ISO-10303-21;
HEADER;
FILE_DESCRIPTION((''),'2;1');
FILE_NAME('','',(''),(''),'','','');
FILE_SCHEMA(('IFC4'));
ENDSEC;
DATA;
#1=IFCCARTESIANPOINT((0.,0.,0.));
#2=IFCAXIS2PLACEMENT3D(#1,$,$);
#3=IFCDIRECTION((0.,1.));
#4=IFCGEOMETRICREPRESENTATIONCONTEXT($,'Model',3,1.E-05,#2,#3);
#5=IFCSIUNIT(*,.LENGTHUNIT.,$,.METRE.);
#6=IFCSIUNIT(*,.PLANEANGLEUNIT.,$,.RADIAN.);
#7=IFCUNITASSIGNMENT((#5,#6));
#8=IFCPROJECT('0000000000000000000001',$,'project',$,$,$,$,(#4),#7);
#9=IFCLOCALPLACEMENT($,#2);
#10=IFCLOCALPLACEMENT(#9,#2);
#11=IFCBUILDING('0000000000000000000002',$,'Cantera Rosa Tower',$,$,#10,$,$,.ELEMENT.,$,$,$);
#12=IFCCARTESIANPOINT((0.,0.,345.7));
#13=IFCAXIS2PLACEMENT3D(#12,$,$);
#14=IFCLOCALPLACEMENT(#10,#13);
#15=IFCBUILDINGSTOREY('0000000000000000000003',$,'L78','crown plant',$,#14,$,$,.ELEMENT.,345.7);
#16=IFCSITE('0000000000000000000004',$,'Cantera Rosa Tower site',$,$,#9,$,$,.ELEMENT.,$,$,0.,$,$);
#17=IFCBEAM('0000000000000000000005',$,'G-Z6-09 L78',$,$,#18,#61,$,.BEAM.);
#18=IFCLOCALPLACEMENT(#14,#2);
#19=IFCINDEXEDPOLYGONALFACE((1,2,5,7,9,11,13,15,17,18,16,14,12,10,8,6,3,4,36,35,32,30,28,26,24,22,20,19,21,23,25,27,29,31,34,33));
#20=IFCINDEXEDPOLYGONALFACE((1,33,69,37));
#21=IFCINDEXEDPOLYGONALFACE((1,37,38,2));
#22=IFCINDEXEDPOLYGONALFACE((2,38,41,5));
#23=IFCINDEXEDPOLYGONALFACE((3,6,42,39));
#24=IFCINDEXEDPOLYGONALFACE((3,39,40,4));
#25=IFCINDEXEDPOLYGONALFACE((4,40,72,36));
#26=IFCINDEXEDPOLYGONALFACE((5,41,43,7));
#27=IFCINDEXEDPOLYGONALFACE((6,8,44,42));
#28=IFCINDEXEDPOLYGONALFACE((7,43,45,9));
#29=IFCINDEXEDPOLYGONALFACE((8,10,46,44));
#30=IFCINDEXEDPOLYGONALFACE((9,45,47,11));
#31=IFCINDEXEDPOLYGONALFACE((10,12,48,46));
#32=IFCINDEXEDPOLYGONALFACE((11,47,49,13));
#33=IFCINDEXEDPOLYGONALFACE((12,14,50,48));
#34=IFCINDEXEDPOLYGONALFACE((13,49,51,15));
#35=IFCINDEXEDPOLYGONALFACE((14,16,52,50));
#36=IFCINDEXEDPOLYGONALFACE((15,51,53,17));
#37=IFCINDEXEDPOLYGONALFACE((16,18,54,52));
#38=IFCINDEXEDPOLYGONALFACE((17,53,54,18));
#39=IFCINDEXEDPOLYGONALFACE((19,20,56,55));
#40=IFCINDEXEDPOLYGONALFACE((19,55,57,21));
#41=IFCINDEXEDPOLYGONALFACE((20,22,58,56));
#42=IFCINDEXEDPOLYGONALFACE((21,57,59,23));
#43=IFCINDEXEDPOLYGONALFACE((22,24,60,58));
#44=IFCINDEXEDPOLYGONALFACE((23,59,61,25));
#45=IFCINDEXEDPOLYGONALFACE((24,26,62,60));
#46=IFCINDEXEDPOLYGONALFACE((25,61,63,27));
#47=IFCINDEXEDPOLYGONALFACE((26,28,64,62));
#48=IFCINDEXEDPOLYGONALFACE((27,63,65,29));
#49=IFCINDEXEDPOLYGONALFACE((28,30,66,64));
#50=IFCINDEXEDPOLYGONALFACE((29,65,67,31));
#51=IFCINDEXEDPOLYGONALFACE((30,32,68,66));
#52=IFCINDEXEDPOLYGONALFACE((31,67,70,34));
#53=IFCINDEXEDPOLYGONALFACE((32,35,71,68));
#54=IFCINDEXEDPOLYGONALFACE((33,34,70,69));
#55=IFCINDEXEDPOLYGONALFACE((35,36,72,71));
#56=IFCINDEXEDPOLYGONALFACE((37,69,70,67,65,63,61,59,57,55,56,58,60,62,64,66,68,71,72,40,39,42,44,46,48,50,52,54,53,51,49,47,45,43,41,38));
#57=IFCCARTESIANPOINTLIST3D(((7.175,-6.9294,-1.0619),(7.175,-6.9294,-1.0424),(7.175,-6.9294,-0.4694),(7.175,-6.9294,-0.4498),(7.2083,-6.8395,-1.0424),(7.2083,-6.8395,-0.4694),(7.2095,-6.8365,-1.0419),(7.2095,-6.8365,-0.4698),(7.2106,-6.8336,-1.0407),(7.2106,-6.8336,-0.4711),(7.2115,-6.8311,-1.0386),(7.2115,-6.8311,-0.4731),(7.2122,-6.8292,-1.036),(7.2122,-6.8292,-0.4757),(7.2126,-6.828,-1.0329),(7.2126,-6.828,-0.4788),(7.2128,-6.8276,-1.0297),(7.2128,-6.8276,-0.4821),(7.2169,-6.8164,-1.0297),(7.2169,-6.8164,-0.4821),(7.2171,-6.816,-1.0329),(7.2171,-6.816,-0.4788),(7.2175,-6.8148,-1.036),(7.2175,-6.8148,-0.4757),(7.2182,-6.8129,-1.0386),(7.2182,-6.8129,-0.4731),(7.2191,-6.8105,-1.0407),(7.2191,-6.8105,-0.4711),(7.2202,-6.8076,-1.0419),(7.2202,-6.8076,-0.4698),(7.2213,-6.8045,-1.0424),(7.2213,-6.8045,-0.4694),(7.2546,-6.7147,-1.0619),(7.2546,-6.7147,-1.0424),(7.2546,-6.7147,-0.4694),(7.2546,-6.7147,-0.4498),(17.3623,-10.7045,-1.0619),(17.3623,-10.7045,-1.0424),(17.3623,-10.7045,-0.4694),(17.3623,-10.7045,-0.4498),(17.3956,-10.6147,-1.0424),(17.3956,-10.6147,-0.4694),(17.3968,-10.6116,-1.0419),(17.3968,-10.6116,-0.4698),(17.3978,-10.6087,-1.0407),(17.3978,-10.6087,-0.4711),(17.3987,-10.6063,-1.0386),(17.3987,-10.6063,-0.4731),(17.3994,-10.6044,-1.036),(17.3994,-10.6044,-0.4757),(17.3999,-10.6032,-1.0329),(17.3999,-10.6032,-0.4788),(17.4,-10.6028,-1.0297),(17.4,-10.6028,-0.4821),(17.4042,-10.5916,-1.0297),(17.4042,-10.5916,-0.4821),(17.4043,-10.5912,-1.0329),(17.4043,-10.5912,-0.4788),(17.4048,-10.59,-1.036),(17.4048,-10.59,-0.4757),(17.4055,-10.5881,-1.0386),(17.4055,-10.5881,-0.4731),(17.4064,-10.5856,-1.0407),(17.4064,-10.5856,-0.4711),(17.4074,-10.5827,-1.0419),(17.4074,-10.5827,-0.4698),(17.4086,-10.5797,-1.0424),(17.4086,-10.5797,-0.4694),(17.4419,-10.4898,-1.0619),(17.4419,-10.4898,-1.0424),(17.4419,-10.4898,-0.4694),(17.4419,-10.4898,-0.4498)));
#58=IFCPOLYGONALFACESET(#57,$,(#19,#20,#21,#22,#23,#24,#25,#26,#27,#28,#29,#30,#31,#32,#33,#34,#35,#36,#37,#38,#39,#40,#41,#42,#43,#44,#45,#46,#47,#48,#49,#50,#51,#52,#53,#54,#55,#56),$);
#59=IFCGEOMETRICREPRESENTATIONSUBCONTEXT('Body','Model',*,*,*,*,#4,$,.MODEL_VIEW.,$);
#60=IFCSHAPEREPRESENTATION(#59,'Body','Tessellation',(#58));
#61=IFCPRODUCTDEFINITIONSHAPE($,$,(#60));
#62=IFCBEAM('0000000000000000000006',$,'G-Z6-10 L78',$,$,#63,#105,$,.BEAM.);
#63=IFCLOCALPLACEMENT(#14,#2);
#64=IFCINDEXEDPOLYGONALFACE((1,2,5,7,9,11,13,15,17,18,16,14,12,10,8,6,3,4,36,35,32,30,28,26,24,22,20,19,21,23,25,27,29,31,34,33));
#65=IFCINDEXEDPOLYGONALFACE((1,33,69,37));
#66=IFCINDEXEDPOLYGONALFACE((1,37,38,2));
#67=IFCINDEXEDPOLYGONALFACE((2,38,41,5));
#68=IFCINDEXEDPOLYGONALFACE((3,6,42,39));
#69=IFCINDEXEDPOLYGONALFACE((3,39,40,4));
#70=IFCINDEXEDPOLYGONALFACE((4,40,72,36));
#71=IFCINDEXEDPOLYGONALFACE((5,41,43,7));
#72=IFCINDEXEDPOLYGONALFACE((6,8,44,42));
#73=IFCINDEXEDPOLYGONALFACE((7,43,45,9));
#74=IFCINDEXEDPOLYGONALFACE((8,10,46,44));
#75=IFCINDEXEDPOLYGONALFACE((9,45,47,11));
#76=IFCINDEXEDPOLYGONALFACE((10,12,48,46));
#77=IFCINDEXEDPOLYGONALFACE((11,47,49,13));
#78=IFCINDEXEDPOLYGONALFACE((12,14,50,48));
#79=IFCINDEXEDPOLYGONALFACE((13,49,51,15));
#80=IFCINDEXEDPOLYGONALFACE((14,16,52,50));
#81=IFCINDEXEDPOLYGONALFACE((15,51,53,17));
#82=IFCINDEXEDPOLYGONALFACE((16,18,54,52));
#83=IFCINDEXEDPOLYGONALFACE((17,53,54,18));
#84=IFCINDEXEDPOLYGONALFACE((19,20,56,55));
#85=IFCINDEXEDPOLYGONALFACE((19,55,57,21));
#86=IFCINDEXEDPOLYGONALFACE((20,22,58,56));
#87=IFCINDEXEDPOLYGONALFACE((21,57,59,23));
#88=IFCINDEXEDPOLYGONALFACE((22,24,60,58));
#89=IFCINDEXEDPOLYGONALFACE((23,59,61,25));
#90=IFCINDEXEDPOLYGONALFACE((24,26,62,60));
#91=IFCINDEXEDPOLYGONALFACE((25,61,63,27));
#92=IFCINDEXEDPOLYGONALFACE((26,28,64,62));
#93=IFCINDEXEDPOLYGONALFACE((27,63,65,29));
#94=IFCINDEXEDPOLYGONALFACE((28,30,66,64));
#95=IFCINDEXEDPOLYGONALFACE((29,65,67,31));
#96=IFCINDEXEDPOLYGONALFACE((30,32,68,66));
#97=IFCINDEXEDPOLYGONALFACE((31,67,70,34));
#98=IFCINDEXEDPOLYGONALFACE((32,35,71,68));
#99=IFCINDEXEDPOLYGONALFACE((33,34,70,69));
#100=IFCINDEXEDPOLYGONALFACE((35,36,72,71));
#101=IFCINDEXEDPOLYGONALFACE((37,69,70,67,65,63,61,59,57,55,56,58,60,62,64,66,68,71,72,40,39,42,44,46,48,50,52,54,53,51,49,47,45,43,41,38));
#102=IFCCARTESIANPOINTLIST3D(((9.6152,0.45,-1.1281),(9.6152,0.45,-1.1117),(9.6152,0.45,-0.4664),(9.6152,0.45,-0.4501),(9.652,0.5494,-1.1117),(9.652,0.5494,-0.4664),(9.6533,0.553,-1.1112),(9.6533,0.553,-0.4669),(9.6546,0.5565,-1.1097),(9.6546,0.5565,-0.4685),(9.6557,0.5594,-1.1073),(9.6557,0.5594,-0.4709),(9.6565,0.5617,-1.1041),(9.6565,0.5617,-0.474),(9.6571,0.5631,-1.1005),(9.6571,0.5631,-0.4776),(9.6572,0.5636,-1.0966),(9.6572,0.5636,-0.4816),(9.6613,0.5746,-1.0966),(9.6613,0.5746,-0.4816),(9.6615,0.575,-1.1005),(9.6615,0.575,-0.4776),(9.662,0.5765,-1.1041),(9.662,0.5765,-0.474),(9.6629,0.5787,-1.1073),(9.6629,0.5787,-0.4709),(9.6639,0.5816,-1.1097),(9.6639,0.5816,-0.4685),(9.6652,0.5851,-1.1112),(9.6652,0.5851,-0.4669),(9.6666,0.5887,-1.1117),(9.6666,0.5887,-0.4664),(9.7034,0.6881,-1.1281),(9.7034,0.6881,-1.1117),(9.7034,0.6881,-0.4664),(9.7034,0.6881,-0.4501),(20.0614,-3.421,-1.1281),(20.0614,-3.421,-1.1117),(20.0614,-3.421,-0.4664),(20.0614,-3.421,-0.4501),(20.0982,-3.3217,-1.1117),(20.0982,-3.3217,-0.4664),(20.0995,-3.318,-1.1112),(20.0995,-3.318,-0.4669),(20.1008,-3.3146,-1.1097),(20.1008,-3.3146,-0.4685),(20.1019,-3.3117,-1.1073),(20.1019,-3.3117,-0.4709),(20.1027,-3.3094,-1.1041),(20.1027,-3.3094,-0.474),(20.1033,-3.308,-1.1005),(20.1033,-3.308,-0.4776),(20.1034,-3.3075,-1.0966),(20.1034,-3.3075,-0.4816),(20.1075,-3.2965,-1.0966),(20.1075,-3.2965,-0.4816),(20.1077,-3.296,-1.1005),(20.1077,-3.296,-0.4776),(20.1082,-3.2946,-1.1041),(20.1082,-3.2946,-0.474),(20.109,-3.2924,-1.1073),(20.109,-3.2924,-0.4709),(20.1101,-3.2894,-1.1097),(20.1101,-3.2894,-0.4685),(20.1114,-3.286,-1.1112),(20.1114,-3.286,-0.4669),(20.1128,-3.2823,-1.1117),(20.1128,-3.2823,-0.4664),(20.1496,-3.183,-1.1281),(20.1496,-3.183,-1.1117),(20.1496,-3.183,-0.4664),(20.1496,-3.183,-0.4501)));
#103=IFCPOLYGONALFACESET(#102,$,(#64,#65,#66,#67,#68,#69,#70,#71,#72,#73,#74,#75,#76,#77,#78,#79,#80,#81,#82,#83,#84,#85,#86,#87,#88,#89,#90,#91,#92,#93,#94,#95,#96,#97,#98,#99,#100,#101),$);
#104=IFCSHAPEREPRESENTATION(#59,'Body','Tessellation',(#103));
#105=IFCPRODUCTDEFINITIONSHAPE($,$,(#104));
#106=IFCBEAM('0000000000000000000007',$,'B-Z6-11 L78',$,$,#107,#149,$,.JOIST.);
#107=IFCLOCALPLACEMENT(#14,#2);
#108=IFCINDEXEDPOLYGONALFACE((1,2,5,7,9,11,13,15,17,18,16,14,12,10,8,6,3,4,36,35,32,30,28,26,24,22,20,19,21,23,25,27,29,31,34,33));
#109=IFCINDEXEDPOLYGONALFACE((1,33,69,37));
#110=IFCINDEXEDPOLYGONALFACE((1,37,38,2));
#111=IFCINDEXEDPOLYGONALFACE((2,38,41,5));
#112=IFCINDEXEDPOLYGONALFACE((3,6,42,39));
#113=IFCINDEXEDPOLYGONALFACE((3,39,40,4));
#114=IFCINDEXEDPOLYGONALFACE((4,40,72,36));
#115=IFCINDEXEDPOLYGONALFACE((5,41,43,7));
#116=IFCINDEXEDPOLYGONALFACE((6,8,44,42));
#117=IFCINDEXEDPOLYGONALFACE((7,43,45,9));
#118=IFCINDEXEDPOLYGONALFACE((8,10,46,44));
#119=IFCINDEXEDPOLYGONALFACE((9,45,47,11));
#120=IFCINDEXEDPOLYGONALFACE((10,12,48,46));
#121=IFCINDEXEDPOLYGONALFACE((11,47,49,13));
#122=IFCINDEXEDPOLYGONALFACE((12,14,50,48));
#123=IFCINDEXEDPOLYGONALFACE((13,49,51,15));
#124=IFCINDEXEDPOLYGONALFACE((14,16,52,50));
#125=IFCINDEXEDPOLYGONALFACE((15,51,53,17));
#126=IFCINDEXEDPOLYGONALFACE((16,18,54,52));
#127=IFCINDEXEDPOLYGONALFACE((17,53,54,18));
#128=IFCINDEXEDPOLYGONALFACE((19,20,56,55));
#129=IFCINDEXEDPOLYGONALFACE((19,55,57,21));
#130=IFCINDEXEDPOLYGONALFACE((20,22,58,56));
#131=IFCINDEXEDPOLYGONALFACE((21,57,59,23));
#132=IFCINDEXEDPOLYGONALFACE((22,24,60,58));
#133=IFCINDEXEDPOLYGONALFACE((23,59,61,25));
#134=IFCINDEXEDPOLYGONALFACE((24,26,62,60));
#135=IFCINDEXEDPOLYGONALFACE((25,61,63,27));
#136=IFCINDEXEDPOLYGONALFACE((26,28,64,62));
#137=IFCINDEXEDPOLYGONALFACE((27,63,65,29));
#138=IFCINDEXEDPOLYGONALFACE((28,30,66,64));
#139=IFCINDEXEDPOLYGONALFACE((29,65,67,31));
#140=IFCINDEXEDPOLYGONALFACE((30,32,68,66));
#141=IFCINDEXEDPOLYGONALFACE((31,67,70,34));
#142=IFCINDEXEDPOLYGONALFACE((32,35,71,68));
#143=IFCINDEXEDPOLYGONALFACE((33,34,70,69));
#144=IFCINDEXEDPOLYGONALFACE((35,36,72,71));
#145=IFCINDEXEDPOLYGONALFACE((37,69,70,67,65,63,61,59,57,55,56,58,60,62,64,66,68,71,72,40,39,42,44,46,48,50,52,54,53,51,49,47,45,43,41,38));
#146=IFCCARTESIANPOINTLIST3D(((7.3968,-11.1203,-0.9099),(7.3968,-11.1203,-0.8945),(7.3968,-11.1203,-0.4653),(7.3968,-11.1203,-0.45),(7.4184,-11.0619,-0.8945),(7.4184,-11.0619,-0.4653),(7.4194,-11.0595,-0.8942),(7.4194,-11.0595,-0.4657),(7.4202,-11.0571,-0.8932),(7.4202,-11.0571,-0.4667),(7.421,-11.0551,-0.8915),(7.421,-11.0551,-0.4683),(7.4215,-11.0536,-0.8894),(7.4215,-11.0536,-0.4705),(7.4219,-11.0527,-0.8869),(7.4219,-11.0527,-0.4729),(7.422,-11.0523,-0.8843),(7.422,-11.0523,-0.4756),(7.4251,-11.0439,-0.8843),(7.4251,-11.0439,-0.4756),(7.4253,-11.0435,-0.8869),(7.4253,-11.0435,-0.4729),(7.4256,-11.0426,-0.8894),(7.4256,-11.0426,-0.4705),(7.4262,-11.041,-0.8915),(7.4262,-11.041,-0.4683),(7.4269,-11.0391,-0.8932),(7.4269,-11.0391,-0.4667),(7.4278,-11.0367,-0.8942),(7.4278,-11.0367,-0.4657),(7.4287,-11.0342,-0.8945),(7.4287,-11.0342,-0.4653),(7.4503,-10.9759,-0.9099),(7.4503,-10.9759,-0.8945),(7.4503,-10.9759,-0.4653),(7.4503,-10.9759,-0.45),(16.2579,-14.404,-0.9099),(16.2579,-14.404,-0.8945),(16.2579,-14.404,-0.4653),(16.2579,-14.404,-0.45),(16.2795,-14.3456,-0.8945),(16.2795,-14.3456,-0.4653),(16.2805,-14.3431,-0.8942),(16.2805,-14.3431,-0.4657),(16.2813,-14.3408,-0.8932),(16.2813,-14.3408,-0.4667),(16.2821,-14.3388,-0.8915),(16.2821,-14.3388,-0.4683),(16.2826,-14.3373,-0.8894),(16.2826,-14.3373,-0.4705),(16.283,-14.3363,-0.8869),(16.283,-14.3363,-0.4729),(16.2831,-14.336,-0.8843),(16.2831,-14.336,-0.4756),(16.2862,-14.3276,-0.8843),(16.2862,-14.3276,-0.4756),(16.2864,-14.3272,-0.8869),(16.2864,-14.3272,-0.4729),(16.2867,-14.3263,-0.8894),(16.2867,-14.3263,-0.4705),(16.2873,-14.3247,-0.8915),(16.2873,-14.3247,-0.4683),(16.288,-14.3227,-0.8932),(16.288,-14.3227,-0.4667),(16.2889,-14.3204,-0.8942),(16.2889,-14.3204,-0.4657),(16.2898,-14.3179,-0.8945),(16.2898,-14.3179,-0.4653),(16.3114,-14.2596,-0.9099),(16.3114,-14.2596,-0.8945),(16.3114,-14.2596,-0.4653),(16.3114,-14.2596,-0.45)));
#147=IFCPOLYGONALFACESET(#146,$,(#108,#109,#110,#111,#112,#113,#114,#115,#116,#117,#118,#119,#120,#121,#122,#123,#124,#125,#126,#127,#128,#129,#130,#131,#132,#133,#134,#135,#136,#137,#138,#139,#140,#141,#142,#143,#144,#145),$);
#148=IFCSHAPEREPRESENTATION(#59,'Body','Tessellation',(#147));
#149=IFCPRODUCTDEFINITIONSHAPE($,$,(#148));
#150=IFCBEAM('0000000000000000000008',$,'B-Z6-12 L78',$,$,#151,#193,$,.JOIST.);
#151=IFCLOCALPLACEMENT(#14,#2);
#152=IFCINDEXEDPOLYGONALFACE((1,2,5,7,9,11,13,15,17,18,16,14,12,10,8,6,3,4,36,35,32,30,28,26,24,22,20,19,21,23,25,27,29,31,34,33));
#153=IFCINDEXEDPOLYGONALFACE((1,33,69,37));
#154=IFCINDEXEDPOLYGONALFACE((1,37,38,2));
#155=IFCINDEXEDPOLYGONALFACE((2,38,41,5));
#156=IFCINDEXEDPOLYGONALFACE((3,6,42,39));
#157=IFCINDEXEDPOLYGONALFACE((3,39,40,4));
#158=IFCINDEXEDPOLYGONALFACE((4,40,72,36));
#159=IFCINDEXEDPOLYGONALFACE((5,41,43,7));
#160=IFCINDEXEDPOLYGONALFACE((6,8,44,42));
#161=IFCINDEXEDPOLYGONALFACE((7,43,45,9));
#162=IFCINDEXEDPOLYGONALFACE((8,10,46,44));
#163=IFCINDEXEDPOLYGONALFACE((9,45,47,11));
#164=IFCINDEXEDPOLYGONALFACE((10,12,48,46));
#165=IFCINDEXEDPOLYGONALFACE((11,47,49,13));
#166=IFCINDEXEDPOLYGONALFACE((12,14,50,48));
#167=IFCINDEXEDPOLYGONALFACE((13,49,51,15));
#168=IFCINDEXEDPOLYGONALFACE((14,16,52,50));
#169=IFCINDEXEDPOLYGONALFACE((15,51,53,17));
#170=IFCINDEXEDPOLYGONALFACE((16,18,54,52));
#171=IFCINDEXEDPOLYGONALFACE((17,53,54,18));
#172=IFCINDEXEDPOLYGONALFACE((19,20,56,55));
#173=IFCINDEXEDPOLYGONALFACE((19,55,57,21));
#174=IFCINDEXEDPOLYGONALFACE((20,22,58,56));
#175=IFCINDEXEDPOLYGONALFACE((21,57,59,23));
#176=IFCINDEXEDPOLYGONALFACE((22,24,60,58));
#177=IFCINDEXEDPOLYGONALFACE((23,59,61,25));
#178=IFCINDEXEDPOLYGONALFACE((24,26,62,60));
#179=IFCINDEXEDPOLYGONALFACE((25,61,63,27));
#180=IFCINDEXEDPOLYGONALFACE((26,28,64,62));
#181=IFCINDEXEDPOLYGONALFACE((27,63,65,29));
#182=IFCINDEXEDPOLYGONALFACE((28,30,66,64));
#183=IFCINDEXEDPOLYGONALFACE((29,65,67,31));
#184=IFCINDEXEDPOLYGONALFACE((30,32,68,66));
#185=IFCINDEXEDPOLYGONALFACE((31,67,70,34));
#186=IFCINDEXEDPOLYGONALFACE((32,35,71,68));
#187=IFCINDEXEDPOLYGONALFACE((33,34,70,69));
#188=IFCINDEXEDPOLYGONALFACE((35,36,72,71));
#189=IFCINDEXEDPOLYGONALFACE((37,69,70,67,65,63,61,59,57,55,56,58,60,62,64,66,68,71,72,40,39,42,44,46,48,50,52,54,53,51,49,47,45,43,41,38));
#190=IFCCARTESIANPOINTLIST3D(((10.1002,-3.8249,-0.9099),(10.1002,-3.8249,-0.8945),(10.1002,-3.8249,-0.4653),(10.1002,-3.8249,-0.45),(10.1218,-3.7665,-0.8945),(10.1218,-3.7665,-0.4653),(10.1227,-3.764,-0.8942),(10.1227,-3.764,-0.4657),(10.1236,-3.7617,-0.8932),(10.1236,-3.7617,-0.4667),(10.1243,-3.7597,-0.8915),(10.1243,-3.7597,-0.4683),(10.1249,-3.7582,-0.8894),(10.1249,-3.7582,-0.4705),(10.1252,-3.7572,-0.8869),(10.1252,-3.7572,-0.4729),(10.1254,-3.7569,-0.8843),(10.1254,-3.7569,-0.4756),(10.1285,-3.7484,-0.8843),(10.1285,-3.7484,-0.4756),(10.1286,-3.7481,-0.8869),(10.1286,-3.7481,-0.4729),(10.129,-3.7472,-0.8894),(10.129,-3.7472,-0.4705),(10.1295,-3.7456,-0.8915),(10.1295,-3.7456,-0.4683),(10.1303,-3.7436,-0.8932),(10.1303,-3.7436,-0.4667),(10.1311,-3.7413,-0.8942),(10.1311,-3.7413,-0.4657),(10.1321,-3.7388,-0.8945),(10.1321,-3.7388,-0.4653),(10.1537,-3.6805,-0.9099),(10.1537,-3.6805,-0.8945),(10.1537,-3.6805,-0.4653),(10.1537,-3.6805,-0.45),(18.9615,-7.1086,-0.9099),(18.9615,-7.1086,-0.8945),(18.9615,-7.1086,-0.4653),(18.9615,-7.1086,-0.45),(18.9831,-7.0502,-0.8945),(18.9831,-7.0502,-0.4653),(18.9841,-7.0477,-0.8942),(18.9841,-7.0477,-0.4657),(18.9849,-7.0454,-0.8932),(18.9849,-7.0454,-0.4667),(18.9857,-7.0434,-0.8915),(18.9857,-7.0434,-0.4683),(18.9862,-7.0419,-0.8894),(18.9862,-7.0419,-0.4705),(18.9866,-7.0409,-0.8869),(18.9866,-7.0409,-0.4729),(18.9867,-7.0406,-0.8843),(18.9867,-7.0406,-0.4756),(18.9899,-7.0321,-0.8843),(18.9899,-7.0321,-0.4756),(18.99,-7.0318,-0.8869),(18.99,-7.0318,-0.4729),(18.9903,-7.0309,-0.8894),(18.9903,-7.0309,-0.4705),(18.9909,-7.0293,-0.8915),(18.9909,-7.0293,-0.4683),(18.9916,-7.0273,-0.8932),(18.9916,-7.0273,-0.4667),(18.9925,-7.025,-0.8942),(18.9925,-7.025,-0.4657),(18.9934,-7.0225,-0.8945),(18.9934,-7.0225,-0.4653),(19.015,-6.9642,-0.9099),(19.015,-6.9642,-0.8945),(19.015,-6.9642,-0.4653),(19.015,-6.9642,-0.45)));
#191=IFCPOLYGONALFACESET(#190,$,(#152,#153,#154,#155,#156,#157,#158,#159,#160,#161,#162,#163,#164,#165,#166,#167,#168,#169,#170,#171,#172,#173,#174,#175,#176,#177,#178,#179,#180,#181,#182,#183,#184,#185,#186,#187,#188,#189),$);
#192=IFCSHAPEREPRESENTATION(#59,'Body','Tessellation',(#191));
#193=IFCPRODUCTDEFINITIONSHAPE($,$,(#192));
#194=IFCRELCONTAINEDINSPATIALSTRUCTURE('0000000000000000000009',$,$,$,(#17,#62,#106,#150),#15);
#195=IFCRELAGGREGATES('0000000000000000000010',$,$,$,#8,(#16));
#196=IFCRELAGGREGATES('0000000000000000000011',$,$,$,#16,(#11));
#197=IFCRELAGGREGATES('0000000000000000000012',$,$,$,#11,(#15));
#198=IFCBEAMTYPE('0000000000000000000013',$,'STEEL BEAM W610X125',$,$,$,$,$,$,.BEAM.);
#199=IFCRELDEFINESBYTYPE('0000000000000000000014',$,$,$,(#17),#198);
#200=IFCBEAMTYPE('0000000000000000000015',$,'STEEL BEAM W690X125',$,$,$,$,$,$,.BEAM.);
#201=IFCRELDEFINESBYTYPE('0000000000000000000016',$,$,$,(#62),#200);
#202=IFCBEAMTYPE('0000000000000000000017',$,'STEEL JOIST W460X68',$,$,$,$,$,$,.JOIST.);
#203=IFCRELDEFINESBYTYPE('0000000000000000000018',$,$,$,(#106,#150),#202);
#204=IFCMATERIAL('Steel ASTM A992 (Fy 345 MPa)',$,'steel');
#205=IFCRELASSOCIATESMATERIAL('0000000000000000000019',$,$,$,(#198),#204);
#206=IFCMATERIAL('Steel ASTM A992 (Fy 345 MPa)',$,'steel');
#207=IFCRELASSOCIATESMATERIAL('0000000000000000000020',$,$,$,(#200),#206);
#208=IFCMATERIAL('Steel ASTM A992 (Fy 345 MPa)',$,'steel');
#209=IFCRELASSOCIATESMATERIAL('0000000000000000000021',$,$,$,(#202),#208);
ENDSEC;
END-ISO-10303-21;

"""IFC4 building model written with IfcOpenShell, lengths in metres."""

from ifc_helpers import new_model, si_unit, direction, frame, origin, origin_2d, place, context, subcontext, project, spatial, i_section, extrude, material, material_profile, profile_set, type_object, element, save


model = new_model("IFC4")

# Units and contexts
model_context = context("Model", 3, precision=1e-05, world=origin(), true_north=direction((0.0, 1.0)))
body_context = subcontext(model_context, "Body", "Model", "MODEL_VIEW")
ifc_project = project(units=[si_unit("LENGTHUNIT", "METRE"), si_unit("PLANEANGLEUNIT", "RADIAN")], contexts=[model_context])

# Site, building, storey
site_placement = place(None, origin())
site = spatial("IfcSite", under=ifc_project, at=site_placement, Name="Cantera Rosa Tower site", CompositionType="ELEMENT", RefElevation=0.0)
building_placement = place(site_placement, origin())
building = spatial("IfcBuilding", under=site, at=building_placement, Name="Cantera Rosa Tower", CompositionType="ELEMENT")
storey_placement = place(building_placement, frame((0.0, 0.0, 345.7)))
storey = spatial("IfcBuildingStorey", under=building, at=storey_placement, Name="L78", Description="crown plant", CompositionType="ELEMENT", Elevation=345.7)

# Beams
ifc_material_1 = material(Name="Steel ASTM A992 (Fy 345 MPa)", Category="steel")
ifc_material_profile_1 = material_profile(ifc_material_1, i_section(OverallWidth=0.229, OverallDepth=0.6121, WebThickness=0.012, FlangeThickness=0.0195, FilletRadius=0.0127, at=origin_2d()), Name="W610X125")
ifc_profile_set_1 = profile_set([ifc_material_profile_1], Name="Steel ASTM A992 (Fy 345 MPa)")
beam_type_1 = type_object("IfcBeamType", Name="STEEL BEAM W610X125", PredefinedType="BEAM", material=ifc_profile_set_1)
beam_1_placement = place(storey_placement, frame((17.4021, -10.5972, -0.7559), z_axis=(-0.937686, 0.347483, 0.0), x_axis=(-0.347483, -0.937686, 0.0)))
element("IfcBeam", 1, at=beam_1_placement, inside=storey, type_object=beam_type_1, Name="G-Z6-09 L78", PredefinedType="BEAM", context=body_context, shape_type="SweptSolid", body=[
    extrude(i_section(OverallWidth=0.229, OverallDepth=0.6121, WebThickness=0.012, FlangeThickness=0.0195, FilletRadius=0.0127, at=origin_2d()), origin(), (0.0, 0.0, 1.0), 10.8643),
])
ifc_material_2 = material(Name="Steel ASTM A992 (Fy 345 MPa)", Category="steel")
ifc_material_profile_2 = material_profile(ifc_material_2, i_section(OverallWidth=0.2539, OverallDepth=0.678, WebThickness=0.0117, FlangeThickness=0.0164, FilletRadius=0.0151, at=origin_2d()), Name="W690X125")
ifc_profile_set_2 = profile_set([ifc_material_profile_2], Name="Steel ASTM A992 (Fy 345 MPa)")
beam_type_2 = type_object("IfcBeamType", Name="STEEL BEAM W690X125", PredefinedType="BEAM", material=ifc_profile_set_2)
beam_2_placement = place(storey_placement, frame((20.1055, -3.302, -0.7891), z_axis=(-0.937687, 0.34748, 0.0), x_axis=(-0.34748, -0.937687, 0.0)))
element("IfcBeam", 2, at=beam_2_placement, inside=storey, type_object=beam_type_2, Name="G-Z6-10 L78", PredefinedType="BEAM", context=body_context, shape_type="SweptSolid", body=[
    extrude(i_section(OverallWidth=0.2539, OverallDepth=0.678, WebThickness=0.0117, FlangeThickness=0.0164, FilletRadius=0.0151, at=origin_2d()), origin(), (0.0, 0.0, 1.0), 11.1404),
])
ifc_material_3 = material(Name="Steel ASTM A992 (Fy 345 MPa)", Category="steel")
ifc_material_profile_3 = material_profile(ifc_material_3, i_section(OverallWidth=0.1541, OverallDepth=0.46, WebThickness=0.009, FlangeThickness=0.0154, FilletRadius=0.0103, at=origin_2d()), Name="W460X68")
ifc_profile_set_3 = profile_set([ifc_material_profile_3], Name="Steel ASTM A992 (Fy 345 MPa)")
beam_type_3 = type_object("IfcBeamType", Name="STEEL JOIST W460X68", PredefinedType="JOIST", material=ifc_profile_set_3)
beam_3_placement = place(storey_placement, frame((16.2847, -14.3318, -0.6799), z_axis=(-0.937686, 0.347483, 0.0), x_axis=(-0.347483, -0.937686, 0.0)))
element("IfcBeam", 3, at=beam_3_placement, inside=storey, type_object=beam_type_3, Name="B-Z6-11 L78", PredefinedType="JOIST", context=body_context, shape_type="SweptSolid", body=[
    extrude(i_section(OverallWidth=0.1541, OverallDepth=0.46, WebThickness=0.009, FlangeThickness=0.0154, FilletRadius=0.0103, at=origin_2d()), origin(), (0.0, 0.0, 1.0), 9.45),
])
beam_4_placement = place(storey_placement, frame((18.9883, -7.0364, -0.6799), z_axis=(-0.93769, 0.347474, 0.0), x_axis=(-0.347474, -0.93769, 0.0)))
element("IfcBeam", 4, at=beam_4_placement, inside=storey, type_object=beam_type_3, Name="B-Z6-12 L78", PredefinedType="JOIST", context=body_context, shape_type="SweptSolid", body=[
    extrude(i_section(OverallWidth=0.1541, OverallDepth=0.46, WebThickness=0.009, FlangeThickness=0.0154, FilletRadius=0.0103, at=origin_2d()), origin(), (0.0, 0.0, 1.0), 9.4502),
])

save(model, "model.ifc")
